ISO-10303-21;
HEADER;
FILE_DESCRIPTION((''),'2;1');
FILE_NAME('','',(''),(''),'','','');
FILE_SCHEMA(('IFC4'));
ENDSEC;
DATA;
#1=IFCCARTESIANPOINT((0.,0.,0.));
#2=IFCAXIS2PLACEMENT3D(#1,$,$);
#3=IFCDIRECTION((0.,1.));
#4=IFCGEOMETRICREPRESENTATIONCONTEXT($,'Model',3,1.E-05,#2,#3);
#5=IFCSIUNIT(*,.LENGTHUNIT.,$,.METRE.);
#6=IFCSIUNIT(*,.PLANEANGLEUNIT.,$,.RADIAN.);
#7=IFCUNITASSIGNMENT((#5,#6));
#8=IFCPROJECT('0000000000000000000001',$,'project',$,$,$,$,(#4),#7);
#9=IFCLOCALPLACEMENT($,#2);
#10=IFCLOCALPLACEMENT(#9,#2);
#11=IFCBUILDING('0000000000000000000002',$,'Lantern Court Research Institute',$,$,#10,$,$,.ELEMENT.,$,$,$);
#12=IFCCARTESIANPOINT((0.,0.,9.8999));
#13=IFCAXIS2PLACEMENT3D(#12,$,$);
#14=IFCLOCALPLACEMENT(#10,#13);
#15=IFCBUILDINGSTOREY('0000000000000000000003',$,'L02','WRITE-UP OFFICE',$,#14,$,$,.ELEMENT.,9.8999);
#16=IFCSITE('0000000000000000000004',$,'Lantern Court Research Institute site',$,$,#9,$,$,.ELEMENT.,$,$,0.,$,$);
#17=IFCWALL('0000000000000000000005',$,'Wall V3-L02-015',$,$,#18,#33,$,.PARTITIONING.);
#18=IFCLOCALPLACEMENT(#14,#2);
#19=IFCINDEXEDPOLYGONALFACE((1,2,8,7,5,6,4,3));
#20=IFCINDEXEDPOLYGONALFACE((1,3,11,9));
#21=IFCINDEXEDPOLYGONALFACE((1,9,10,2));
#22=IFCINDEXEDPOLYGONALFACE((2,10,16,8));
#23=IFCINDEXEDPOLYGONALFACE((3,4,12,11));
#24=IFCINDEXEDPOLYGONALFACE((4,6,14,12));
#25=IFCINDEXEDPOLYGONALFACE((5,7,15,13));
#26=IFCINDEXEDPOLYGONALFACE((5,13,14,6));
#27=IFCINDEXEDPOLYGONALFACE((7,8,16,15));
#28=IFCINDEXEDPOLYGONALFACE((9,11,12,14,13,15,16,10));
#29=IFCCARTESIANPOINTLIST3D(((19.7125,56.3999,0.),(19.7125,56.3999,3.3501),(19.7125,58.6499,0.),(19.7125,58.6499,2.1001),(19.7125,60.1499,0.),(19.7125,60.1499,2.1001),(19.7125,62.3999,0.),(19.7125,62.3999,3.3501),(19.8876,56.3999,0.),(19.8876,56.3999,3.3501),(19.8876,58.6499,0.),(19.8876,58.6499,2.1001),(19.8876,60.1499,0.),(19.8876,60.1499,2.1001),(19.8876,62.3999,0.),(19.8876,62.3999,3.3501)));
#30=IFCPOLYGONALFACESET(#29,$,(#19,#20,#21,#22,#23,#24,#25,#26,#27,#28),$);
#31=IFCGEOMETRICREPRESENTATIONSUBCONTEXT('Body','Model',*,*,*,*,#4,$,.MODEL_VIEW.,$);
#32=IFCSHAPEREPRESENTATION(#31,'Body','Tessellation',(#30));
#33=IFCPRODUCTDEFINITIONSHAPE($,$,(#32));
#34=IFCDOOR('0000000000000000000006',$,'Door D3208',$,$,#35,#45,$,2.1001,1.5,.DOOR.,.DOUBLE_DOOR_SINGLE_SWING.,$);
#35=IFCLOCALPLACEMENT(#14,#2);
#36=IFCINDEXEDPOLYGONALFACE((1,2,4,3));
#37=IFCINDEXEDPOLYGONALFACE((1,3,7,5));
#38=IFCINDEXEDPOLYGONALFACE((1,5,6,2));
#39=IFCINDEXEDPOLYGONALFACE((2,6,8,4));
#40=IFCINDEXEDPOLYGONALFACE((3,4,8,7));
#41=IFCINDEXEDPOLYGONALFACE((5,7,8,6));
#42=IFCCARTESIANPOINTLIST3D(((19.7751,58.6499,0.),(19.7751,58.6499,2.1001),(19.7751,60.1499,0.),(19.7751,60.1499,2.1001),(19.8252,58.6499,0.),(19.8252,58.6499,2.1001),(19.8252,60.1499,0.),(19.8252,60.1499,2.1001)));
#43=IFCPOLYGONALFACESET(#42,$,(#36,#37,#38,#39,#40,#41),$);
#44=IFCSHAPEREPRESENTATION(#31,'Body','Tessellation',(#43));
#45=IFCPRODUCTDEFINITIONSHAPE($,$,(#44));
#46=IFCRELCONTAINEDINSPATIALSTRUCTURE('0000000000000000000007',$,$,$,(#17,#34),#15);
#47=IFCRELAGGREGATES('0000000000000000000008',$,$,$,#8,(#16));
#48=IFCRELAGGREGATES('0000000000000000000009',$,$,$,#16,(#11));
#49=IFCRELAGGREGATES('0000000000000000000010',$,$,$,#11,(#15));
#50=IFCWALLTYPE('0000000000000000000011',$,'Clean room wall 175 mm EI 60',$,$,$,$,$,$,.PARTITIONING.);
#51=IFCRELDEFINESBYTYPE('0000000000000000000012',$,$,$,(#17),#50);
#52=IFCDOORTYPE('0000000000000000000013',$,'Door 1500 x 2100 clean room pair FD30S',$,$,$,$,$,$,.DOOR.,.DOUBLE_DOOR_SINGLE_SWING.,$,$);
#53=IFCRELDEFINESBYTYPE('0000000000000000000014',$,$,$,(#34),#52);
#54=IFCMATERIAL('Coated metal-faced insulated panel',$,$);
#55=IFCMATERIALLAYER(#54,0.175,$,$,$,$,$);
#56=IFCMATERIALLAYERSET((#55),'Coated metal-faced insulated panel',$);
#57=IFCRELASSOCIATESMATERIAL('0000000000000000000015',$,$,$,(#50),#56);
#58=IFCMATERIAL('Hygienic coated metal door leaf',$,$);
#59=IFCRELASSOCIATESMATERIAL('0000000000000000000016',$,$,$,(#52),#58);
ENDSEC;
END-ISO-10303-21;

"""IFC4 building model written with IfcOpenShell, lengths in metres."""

from ifc_helpers import new_model, si_unit, direction, frame, frame_2d, origin, place, context, subcontext, project, spatial, rectangle, extrude, material, layer, layer_set, type_object, element, fill, save


model = new_model("IFC4")

# Units and contexts
model_context = context("Model", 3, precision=1e-05, world=origin(), true_north=direction((0.0, 1.0)))
body_context = subcontext(model_context, "Body", "Model", "MODEL_VIEW")
ifc_project = project(units=[si_unit("LENGTHUNIT", "METRE"), si_unit("PLANEANGLEUNIT", "RADIAN")], contexts=[model_context])

# Site, building, storey
site_placement = place(None, origin())
site = spatial("IfcSite", under=ifc_project, at=site_placement, Name="Lantern Court Research Institute site", CompositionType="ELEMENT", RefElevation=0.0)
building_placement = place(site_placement, origin())
building = spatial("IfcBuilding", under=site, at=building_placement, Name="Lantern Court Research Institute", CompositionType="ELEMENT")
storey_placement = place(building_placement, frame((0.0, 0.0, 9.8999)))
storey = spatial("IfcBuildingStorey", under=building, at=storey_placement, Name="L02", Description="WRITE-UP OFFICE", CompositionType="ELEMENT", Elevation=9.8999)

# Shared definitions
ifc_material_1 = material(Name="Coated metal-faced insulated panel")
ifc_layer = layer(ifc_material_1, 0.175)
ifc_layer_set = layer_set([ifc_layer], Name="Coated metal-faced insulated panel")
wall_type = type_object("IfcWallType", Name="Clean room wall 175 mm EI 60", PredefinedType="PARTITIONING", material=ifc_layer_set)

# Wall, opening, door
wall_1_placement = place(storey_placement, frame((19.8, 56.3999, 0.0), z_axis=(0.0, 0.0, 1.0), x_axis=(0.0, 1.0, 0.0)))
wall_1 = element("IfcWall", 1, at=wall_1_placement, inside=storey, type_object=wall_type, Name="Wall V3-L02-015", PredefinedType="PARTITIONING", context=body_context, shape_type="SweptSolid", body=[
    extrude(rectangle(XDim=6.0, YDim=0.175, at=frame_2d((3.0, 0.0))), origin(), (0.0, 0.0, 1.0), 3.3501),
])
opening_1_placement = place(wall_1_placement, frame((2.25, 0.0, 0.0)))
opening_1 = element("IfcOpeningElement", 2, at=opening_1_placement, cuts=wall_1, PredefinedType="OPENING", context=body_context, shape_type="SweptSolid", body=[
    extrude(rectangle(XDim=1.5, YDim=2.1001, at=frame_2d((0.75, 1.05))), frame((0.0, 0.0974, 0.0), z_axis=(0.0, -1.0, 0.0), x_axis=(1.0, 0.0, 0.0)), (0.0, 0.0, 1.0), 0.1951),
])
ifc_material_2 = material(Name="Hygienic coated metal door leaf")
door_type_1 = type_object("IfcDoorType", Name="Door 1500 x 2100 clean room pair FD30S", OperationType="DOUBLE_DOOR_SINGLE_SWING", PredefinedType="DOOR", material=ifc_material_2)
door_1_placement = place(opening_1_placement, origin())
door_1 = element("IfcDoor", 3, at=door_1_placement, inside=storey, type_object=door_type_1, Name="Door D3208", OperationType="DOUBLE_DOOR_SINGLE_SWING", OverallHeight=2.1001, OverallWidth=1.5, PredefinedType="DOOR", context=body_context, shape_type="SweptSolid", body=[
    extrude(rectangle(XDim=1.5, YDim=2.1001, at=frame_2d((0.75, 1.05))), frame((0.0, 0.0249, 0.0), z_axis=(0.0, -1.0, 0.0), x_axis=(1.0, 0.0, 0.0)), (0.0, 0.0, 1.0), 0.05),
])
fill(opening_1, door_1)

save(model, "model.ifc")
